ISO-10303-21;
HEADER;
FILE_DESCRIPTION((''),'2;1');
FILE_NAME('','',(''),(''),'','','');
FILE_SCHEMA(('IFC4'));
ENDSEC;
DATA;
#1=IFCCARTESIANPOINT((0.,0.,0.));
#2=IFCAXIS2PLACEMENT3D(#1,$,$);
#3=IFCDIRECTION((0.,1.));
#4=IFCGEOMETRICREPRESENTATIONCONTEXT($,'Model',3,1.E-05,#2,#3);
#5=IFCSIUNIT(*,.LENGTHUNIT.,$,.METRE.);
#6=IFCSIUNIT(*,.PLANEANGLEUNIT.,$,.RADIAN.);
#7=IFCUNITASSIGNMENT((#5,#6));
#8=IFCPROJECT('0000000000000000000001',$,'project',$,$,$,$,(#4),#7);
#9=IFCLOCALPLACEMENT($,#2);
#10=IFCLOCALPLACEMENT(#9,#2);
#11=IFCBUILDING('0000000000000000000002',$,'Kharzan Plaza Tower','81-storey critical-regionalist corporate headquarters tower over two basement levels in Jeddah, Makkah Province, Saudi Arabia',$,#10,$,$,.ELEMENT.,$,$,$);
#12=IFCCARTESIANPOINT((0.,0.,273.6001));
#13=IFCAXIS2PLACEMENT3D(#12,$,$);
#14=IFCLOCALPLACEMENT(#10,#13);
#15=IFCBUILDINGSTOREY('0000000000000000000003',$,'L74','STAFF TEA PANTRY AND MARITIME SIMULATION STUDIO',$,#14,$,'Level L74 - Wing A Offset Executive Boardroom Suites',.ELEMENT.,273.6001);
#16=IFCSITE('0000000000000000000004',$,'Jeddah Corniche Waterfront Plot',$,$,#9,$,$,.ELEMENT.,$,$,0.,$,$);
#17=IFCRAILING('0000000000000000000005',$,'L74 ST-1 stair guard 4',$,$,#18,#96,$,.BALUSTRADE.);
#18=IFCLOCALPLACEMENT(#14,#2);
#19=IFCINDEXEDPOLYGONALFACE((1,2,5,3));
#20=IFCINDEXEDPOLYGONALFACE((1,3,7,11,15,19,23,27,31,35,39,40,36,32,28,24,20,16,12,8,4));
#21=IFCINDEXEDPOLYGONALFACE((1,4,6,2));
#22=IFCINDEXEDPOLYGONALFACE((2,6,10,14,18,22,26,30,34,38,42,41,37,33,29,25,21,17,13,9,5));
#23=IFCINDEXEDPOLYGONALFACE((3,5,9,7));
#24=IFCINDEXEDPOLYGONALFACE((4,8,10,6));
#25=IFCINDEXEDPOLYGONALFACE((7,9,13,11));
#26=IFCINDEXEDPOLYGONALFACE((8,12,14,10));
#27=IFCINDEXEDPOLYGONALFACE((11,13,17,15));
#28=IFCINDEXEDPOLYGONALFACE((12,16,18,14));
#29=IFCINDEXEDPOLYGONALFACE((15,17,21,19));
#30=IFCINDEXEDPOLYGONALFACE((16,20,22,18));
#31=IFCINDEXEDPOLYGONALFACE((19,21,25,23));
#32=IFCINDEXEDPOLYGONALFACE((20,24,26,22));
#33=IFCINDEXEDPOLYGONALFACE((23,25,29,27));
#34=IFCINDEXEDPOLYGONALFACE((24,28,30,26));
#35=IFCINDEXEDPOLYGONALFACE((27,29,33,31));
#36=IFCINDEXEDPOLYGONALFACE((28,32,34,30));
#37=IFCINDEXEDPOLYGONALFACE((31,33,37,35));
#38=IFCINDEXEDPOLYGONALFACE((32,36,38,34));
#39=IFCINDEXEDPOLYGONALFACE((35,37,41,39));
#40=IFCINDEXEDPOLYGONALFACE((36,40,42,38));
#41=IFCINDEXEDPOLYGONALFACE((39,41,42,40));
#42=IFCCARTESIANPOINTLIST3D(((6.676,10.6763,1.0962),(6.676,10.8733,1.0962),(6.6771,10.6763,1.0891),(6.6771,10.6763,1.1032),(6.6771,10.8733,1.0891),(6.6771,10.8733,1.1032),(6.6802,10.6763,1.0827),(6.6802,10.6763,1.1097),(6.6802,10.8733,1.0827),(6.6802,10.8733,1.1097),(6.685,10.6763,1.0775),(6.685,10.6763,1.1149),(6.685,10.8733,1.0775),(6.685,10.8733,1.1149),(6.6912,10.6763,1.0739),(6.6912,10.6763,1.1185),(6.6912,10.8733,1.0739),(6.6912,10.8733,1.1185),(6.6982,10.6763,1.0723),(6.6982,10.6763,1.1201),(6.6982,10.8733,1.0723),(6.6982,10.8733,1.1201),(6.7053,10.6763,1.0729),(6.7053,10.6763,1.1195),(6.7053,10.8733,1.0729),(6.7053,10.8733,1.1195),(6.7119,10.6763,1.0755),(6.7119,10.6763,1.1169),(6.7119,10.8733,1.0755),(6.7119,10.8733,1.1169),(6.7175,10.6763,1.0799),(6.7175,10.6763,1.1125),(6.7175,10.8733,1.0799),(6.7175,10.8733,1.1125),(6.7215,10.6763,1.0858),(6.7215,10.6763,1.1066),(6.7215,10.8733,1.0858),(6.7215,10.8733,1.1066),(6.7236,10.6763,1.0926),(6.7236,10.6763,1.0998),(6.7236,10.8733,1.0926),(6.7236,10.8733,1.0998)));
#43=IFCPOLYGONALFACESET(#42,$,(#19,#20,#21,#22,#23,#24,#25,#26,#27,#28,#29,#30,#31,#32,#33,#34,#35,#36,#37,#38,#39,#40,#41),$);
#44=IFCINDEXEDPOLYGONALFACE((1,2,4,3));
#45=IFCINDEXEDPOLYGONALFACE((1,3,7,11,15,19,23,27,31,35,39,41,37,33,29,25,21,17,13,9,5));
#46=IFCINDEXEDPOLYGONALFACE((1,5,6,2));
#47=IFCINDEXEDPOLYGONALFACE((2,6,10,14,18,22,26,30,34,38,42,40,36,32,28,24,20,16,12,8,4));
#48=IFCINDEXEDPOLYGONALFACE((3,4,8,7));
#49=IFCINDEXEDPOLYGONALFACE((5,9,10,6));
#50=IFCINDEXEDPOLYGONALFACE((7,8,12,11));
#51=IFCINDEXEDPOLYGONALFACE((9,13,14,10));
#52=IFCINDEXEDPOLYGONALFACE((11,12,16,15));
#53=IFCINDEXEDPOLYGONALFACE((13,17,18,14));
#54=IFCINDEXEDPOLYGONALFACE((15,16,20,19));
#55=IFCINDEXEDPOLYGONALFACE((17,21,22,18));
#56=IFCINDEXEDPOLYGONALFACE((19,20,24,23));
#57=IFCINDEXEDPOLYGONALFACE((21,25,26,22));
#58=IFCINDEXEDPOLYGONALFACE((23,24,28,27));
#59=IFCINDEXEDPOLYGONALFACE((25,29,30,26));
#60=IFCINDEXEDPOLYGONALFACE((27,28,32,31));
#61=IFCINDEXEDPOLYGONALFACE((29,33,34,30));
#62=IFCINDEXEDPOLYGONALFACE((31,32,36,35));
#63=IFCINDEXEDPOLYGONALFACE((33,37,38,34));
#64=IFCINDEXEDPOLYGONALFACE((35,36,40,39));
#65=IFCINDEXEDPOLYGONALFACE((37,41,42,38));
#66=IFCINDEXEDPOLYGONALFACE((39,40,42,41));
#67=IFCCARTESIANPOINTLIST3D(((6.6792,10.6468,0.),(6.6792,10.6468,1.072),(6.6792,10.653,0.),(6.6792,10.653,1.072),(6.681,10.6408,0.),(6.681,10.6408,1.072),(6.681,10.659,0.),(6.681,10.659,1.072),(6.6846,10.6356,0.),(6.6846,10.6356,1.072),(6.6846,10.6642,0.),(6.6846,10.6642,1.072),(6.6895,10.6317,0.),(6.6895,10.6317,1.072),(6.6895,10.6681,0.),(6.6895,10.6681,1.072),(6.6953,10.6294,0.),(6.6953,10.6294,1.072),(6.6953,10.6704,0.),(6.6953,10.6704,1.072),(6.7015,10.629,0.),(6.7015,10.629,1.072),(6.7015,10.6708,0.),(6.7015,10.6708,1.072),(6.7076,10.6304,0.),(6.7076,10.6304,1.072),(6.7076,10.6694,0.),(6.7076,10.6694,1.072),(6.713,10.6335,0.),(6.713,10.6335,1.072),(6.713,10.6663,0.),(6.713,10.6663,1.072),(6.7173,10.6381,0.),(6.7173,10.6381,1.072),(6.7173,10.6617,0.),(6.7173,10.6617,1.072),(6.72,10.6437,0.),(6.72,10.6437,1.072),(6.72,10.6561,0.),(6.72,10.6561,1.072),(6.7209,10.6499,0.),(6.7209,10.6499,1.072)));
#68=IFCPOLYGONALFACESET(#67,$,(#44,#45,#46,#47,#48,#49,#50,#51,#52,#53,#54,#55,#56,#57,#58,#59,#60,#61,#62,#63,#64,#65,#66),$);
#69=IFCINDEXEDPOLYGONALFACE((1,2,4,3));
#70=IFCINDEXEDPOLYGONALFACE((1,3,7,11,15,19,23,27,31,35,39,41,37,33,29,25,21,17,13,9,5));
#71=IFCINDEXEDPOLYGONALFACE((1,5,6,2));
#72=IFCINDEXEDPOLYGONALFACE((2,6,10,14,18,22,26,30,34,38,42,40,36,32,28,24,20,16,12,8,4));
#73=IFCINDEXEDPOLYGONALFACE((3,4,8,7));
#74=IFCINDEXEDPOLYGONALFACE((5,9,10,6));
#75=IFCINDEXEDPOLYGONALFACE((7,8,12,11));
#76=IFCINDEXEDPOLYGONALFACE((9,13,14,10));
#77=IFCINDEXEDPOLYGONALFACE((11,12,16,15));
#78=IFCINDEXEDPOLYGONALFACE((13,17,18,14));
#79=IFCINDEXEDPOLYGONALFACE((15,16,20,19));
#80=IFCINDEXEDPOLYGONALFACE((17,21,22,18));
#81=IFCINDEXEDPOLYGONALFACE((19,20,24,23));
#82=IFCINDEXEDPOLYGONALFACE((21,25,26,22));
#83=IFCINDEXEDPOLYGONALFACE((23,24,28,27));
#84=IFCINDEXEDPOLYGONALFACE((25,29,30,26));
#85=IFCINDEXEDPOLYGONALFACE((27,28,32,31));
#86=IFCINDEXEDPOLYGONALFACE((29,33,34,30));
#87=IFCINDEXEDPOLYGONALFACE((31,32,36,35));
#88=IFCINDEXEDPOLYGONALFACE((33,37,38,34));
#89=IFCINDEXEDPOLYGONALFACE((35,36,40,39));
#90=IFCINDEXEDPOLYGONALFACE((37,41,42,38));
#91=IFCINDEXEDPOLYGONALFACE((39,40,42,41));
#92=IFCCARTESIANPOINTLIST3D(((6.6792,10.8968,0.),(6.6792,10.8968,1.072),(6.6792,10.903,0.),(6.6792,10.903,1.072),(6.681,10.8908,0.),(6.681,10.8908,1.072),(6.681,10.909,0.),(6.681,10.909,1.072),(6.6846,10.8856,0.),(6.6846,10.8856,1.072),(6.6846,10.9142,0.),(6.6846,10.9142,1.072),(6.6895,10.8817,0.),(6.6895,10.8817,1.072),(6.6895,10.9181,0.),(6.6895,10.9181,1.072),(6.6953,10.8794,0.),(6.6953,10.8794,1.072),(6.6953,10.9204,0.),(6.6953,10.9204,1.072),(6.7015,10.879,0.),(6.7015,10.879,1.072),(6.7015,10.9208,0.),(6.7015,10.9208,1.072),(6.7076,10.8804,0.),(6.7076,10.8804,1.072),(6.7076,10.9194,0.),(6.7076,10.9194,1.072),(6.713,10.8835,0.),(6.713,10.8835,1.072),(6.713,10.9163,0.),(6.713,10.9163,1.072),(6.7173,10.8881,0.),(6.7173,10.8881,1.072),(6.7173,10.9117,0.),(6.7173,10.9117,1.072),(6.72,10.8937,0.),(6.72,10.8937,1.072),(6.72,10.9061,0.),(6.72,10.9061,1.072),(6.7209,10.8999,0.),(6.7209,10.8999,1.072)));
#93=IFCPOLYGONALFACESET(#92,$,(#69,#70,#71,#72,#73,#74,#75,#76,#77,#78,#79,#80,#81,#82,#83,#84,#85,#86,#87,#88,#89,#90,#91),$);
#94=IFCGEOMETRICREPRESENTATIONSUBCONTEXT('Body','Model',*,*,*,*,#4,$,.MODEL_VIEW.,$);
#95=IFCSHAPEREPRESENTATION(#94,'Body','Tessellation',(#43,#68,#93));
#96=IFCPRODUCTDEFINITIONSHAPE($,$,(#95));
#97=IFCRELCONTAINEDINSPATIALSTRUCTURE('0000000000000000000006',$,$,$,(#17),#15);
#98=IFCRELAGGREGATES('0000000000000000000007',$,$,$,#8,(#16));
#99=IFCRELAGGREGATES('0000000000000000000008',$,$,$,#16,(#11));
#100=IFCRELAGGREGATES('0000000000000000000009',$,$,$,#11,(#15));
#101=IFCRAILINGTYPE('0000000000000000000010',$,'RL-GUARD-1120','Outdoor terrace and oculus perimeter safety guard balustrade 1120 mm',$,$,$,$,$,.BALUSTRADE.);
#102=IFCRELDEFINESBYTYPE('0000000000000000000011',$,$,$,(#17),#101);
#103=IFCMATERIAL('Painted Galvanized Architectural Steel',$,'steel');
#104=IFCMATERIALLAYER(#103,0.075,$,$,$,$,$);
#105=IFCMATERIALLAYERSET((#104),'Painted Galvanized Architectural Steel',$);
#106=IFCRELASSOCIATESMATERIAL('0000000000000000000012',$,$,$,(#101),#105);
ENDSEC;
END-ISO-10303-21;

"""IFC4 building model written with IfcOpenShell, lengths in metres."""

from ifc_helpers import new_model, si_unit, direction, frame, origin, origin_2d, place, context, subcontext, project, spatial, circle, extrude, source, transform, mapped, material, layer, layer_set, type_object, element, save


model = new_model("IFC4")

# Units and contexts
model_context = context("Model", 3, precision=1e-05, world=origin(), true_north=direction((0.0, 1.0)))
body_context = subcontext(model_context, "Body", "Model", "MODEL_VIEW")
ifc_project = project(units=[si_unit("LENGTHUNIT", "METRE"), si_unit("PLANEANGLEUNIT", "RADIAN")], contexts=[model_context])

# Site, building, storey
site_placement = place(None, origin())
site = spatial("IfcSite", under=ifc_project, at=site_placement, Name="Jeddah Corniche Waterfront Plot", CompositionType="ELEMENT", RefElevation=0.0)
building_placement = place(site_placement, origin())
building = spatial("IfcBuilding", under=site, at=building_placement, Name="Kharzan Plaza Tower", Description="81-storey critical-regionalist corporate headquarters tower over two basement levels in Jeddah, Makkah Province, Saudi Arabia", CompositionType="ELEMENT")
storey_placement = place(building_placement, frame((0.0, 0.0, 273.6001)))
storey = spatial("IfcBuildingStorey", under=building, at=storey_placement, Name="L74", Description="STAFF TEA PANTRY AND MARITIME SIMULATION STUDIO", LongName="Level L74 - Wing A Offset Executive Boardroom Suites", CompositionType="ELEMENT", Elevation=273.6001)

# Railing
ifc_material_1 = material(Name="Painted Galvanized Architectural Steel", Category="steel")
ifc_layer_1 = layer(ifc_material_1, 0.075)
ifc_layer_set_1 = layer_set([ifc_layer_1], Name="Painted Galvanized Architectural Steel")
railing_type_1 = type_object("IfcRailingType", Name="RL-GUARD-1120", Description="Outdoor terrace and oculus perimeter safety guard balustrade 1120 mm", PredefinedType="BALUSTRADE", material=ifc_layer_set_1)
shared_shape_1 = source(origin(), body_context, "Body", "SweptSolid", [
    extrude(circle(Radius=0.0239, at=origin_2d()), frame((0.0, 0.0264, 1.0962), z_axis=(0.0, 1.0, 0.0), x_axis=(-1.0, 0.0, 0.0)), (0.0, 0.0, 1.0), 0.197),
    extrude(circle(Radius=0.021, at=origin_2d()), origin(), (0.0, 0.0, 1.0), 1.072),
    extrude(circle(Radius=0.021, at=origin_2d()), frame((0.0, 0.25, 0.0)), (0.0, 0.0, 1.0), 1.072),
])
for number, where, name in (
    (1, (6.7, 10.6499, 0.0), "L74 ST-1 stair guard 4"),
):
    element("IfcRailing", number, at=place(storey_placement, frame(where)), inside=storey, type_object=railing_type_1, Name=name, PredefinedType="BALUSTRADE", context=body_context, shape_type="MappedRepresentation", body=[
        mapped(shared_shape_1, transform((0.0, 0.0, 0.0), x_axis=(1.0, 0.0, 0.0), y_axis=(0.0, 1.0, 0.0), z_axis=(0.0, 0.0, 1.0))),
    ])

save(model, "model.ifc")
